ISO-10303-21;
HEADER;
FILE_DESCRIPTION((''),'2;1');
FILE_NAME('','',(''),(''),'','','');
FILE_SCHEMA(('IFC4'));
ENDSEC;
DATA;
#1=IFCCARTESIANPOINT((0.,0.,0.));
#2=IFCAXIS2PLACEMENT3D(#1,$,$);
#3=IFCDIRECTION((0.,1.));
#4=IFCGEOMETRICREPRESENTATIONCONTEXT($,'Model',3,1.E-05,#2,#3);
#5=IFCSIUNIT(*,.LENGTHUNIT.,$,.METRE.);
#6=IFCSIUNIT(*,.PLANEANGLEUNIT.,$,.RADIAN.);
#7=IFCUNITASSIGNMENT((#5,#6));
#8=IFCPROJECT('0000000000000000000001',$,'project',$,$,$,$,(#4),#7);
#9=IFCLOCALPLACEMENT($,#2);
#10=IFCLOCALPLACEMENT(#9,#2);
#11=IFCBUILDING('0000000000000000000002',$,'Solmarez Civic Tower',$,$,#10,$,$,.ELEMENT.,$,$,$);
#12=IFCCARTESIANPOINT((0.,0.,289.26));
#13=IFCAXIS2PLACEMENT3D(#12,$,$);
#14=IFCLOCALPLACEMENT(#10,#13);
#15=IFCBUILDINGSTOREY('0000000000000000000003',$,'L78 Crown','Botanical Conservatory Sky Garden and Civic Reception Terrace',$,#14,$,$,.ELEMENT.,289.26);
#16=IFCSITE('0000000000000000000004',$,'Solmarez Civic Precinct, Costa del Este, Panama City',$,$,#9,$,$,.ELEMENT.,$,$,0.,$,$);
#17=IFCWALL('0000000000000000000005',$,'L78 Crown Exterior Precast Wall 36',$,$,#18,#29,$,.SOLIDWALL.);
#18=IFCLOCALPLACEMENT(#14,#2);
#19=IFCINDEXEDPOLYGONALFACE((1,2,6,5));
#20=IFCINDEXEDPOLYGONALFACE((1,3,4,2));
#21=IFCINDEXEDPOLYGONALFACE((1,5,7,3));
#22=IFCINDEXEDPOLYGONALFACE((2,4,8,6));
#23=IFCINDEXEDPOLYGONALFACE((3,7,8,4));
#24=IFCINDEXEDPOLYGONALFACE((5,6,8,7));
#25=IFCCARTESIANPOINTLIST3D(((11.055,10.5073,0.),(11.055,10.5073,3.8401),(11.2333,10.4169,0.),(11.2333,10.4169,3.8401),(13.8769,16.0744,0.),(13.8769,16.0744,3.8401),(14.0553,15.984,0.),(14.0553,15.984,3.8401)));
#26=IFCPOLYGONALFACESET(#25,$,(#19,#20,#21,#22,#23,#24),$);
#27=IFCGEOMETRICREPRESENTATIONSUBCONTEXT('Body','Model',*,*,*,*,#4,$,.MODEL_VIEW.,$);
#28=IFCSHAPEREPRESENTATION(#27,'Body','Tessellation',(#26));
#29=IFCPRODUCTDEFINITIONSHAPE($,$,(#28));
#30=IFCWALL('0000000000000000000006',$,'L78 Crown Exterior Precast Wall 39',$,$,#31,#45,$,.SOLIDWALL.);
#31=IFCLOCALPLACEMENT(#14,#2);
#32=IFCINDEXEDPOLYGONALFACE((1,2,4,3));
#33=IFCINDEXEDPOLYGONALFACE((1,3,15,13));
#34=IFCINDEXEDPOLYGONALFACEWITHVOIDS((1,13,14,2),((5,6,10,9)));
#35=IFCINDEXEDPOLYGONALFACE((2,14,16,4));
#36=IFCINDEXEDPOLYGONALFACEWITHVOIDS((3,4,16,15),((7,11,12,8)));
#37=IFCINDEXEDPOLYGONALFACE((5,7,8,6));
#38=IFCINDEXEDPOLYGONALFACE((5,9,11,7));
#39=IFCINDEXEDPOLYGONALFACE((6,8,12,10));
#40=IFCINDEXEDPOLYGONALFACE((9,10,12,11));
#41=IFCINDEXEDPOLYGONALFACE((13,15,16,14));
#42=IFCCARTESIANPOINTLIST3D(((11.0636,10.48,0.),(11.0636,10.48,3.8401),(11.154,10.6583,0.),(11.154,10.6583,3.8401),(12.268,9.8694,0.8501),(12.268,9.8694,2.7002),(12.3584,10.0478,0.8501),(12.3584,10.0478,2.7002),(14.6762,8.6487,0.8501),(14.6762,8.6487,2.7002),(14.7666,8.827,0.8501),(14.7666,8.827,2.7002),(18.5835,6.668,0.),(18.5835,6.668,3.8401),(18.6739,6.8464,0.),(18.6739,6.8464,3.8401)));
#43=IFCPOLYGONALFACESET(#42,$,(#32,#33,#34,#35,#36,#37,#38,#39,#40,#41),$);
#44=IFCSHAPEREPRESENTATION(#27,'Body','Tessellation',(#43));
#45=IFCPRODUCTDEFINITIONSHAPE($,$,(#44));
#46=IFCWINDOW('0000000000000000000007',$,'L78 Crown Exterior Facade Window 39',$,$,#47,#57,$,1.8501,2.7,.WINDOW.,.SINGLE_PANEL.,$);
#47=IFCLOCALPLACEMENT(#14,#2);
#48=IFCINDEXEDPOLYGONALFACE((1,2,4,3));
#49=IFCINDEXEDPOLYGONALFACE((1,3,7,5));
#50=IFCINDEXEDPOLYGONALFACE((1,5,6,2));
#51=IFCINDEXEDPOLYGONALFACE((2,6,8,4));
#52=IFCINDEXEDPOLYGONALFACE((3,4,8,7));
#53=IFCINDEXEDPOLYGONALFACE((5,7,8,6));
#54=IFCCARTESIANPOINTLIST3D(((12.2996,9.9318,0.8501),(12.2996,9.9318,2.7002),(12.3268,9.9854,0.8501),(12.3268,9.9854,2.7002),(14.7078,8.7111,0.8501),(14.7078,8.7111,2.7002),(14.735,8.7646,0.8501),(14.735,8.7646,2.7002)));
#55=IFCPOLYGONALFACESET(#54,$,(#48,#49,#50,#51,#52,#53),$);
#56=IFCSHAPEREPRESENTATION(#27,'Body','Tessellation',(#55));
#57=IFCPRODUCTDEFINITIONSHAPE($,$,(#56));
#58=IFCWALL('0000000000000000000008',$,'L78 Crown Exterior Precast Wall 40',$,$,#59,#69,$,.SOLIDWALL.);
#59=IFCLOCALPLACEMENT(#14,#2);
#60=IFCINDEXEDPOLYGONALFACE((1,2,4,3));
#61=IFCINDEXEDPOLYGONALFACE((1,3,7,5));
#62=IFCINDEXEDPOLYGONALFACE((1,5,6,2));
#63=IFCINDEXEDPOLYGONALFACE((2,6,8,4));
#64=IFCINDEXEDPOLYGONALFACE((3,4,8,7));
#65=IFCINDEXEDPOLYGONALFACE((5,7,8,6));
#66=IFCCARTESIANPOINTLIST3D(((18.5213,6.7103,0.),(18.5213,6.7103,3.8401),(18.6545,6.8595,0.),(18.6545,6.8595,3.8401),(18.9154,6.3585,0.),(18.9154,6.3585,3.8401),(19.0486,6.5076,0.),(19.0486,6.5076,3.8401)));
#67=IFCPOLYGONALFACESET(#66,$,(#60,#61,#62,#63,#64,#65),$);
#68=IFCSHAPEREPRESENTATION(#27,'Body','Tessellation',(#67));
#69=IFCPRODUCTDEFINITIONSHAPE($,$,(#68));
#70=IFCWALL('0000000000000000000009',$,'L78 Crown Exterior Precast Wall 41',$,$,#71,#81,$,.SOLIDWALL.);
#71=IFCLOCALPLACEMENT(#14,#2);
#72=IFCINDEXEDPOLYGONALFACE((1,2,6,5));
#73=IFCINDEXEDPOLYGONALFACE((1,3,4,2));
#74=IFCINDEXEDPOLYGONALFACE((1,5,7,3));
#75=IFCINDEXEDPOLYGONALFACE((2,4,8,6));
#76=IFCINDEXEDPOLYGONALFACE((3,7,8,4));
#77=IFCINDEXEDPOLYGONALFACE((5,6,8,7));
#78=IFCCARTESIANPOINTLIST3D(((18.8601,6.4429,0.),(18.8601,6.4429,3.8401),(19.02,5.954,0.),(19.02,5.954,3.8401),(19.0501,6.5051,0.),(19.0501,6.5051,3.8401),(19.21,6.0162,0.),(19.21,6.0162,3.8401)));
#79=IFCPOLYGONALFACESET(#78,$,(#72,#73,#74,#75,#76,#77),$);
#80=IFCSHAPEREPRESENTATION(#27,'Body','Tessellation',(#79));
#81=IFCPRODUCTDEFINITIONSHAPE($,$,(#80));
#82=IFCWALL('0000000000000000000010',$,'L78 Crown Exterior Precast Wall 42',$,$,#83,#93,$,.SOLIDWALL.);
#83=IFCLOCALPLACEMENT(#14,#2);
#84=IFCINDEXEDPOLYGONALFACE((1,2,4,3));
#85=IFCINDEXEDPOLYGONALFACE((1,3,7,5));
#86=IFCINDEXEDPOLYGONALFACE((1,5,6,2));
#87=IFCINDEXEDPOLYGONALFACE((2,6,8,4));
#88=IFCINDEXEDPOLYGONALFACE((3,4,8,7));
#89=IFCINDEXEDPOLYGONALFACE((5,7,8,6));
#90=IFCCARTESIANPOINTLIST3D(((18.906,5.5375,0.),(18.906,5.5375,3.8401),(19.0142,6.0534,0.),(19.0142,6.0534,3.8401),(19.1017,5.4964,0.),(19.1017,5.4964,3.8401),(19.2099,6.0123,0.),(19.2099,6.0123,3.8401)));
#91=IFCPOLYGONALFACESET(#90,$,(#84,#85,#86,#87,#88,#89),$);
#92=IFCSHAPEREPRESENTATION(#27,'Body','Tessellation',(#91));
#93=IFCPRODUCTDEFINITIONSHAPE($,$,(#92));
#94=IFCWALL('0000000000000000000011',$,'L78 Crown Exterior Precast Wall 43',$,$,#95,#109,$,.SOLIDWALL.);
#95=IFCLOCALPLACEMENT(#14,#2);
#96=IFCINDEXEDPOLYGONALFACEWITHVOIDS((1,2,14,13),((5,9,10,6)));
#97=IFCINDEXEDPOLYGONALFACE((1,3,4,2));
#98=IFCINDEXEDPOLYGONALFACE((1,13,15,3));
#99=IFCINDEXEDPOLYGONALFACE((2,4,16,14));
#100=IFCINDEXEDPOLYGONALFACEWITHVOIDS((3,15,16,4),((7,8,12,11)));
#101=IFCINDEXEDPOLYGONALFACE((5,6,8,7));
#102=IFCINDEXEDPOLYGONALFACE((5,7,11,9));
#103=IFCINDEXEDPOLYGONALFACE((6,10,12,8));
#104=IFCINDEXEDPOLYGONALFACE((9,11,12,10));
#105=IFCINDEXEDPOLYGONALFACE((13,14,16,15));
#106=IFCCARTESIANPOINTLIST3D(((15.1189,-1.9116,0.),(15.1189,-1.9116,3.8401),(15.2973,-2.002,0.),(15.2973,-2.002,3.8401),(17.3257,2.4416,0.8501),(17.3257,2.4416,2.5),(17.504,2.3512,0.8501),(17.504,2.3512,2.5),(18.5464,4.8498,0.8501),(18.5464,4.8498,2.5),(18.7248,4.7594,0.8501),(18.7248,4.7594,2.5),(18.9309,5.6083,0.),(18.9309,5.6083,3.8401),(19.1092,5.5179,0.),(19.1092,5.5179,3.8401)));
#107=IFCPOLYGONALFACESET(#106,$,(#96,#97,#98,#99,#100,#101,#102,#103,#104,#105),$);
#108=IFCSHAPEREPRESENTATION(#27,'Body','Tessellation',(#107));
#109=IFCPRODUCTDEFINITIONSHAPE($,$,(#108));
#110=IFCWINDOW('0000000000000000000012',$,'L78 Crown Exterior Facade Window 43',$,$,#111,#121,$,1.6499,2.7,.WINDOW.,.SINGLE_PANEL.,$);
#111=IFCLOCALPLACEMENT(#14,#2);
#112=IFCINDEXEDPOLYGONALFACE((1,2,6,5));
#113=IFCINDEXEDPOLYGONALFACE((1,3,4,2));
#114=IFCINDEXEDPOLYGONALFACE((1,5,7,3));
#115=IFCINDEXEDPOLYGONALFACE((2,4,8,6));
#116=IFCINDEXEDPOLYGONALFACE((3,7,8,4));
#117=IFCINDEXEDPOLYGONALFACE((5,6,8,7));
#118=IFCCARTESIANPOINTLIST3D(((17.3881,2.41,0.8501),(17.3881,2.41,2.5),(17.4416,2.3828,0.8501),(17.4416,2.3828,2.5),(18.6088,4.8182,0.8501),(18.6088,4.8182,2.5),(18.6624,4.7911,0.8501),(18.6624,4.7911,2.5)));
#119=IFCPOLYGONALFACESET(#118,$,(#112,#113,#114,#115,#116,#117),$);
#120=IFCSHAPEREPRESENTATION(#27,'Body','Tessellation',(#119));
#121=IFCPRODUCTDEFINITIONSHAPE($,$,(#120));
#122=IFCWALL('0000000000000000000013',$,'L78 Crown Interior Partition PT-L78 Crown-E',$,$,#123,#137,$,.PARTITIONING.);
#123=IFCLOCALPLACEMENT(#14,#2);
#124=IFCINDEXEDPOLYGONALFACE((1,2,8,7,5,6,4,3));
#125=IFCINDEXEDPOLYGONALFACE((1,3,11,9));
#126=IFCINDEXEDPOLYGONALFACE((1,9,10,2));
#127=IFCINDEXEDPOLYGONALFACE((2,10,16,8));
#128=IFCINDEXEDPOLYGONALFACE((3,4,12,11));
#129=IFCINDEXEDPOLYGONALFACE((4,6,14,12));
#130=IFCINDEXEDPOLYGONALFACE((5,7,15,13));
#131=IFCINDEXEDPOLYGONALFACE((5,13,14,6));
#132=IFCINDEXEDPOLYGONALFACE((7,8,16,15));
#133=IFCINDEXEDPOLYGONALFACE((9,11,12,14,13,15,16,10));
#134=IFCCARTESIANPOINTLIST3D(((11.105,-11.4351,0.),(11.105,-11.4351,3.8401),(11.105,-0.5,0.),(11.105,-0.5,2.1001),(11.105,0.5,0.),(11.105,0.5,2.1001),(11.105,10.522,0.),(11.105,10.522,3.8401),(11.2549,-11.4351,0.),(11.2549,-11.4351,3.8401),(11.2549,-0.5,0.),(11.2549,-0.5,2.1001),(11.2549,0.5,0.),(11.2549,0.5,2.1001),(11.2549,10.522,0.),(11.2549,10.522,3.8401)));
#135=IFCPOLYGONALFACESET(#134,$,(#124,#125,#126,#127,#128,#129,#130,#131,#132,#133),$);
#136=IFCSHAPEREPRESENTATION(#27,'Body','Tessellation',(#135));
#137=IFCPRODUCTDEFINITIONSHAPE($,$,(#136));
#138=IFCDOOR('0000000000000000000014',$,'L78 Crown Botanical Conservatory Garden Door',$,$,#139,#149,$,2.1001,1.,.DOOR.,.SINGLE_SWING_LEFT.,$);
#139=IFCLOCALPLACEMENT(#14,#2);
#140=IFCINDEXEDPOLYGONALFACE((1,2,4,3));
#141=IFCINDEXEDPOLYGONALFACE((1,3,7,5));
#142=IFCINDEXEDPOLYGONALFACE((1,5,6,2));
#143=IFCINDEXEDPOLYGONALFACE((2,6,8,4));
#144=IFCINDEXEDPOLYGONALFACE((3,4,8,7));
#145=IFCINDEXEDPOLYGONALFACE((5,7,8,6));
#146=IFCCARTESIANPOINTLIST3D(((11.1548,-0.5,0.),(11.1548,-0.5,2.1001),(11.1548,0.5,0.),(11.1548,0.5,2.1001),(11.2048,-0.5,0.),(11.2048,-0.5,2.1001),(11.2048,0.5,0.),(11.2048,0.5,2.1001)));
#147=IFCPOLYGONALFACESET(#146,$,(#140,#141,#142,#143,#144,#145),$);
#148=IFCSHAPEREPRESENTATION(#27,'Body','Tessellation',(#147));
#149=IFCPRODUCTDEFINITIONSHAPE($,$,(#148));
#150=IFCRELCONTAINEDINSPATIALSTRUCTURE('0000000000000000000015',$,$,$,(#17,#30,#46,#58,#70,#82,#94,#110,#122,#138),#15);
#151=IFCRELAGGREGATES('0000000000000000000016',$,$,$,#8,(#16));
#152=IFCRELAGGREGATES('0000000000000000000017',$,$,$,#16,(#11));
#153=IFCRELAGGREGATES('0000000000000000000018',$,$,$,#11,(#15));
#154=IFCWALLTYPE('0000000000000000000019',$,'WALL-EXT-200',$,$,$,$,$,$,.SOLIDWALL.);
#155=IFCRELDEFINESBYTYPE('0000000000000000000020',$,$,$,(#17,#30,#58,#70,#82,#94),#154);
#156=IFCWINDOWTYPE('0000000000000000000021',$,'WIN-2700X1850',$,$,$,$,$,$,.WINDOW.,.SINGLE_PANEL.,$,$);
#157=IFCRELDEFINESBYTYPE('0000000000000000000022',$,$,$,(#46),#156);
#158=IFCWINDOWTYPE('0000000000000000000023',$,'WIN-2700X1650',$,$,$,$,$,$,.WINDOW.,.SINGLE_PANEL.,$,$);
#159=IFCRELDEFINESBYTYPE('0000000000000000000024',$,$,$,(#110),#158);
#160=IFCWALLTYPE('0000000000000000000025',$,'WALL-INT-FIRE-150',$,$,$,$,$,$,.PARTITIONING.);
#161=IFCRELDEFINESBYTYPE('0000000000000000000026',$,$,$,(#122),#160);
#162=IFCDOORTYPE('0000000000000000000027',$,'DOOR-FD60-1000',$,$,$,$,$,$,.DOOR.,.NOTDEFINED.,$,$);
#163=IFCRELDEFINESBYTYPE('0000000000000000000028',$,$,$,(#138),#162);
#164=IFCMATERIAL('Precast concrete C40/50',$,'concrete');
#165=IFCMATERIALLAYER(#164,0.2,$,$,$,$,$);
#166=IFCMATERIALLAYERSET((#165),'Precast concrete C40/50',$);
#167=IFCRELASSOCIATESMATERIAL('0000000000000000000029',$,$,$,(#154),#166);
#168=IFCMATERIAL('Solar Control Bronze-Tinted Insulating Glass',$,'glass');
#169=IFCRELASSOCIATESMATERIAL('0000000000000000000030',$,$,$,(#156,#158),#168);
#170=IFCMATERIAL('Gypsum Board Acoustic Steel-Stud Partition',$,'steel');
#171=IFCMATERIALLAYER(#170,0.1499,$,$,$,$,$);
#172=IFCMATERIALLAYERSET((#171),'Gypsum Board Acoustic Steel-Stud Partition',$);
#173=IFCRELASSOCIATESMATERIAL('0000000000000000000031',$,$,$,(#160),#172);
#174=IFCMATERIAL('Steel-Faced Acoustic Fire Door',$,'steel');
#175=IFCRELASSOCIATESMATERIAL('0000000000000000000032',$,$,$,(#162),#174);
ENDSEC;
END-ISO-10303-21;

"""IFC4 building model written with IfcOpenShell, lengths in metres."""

from ifc_helpers import new_model, si_unit, direction, frame, frame_2d, origin, place, context, subcontext, project, spatial, rectangle, extrude, material, layer, layer_set, type_object, element, fill, save


model = new_model("IFC4")

# Units and contexts
model_context = context("Model", 3, precision=1e-05, world=origin(), true_north=direction((0.0, 1.0)))
body_context = subcontext(model_context, "Body", "Model", "MODEL_VIEW")
ifc_project = project(units=[si_unit("LENGTHUNIT", "METRE"), si_unit("PLANEANGLEUNIT", "RADIAN")], contexts=[model_context])

# Site, building, storey
site_placement = place(None, origin())
site = spatial("IfcSite", under=ifc_project, at=site_placement, Name="Solmarez Civic Precinct, Costa del Este, Panama City", CompositionType="ELEMENT", RefElevation=0.0)
building_placement = place(site_placement, origin())
building = spatial("IfcBuilding", under=site, at=building_placement, Name="Solmarez Civic Tower", CompositionType="ELEMENT")
storey_placement = place(building_placement, frame((0.0, 0.0, 289.26)))
storey = spatial("IfcBuildingStorey", under=building, at=storey_placement, Name="L78 Crown", Description="Botanical Conservatory Sky Garden and Civic Reception Terrace", CompositionType="ELEMENT", Elevation=289.26)

# Shared definitions
ifc_material_1 = material(Name="Precast concrete C40/50", Category="concrete")
ifc_layer_1 = layer(ifc_material_1, 0.2)
ifc_layer_set_1 = layer_set([ifc_layer_1], Name="Precast concrete C40/50")
wall_type_1 = type_object("IfcWallType", Name="WALL-EXT-200", PredefinedType="SOLIDWALL", material=ifc_layer_set_1)

# Shared definitions
ifc_material_2 = material(Name="Solar Control Bronze-Tinted Insulating Glass", Category="glass")

# Wall
wall_1_placement = place(storey_placement, frame((13.9661, 16.0291, 0.0), z_axis=(0.0, 0.0, 1.0), x_axis=(-0.452135, -0.891949, 0.0)))
element("IfcWall", 1, at=wall_1_placement, inside=storey, type_object=wall_type_1, Name="L78 Crown Exterior Precast Wall 36", PredefinedType="SOLIDWALL", context=body_context, shape_type="SweptSolid", body=[
    extrude(rectangle(XDim=6.2415, YDim=0.2, at=frame_2d((3.1206, 0.0))), origin(), (0.0, 0.0, 1.0), 3.8401),
])

# Wall, opening, window
wall_2_placement = place(storey_placement, frame((11.1089, 10.5691, 0.0), z_axis=(0.0, 0.0, 1.0), x_axis=(0.891946, -0.452141, 0.0)))
wall_2 = element("IfcWall", 2, at=wall_2_placement, inside=storey, type_object=wall_type_1, Name="L78 Crown Exterior Precast Wall 39", PredefinedType="SOLIDWALL", context=body_context, shape_type="SweptSolid", body=[
    extrude(rectangle(XDim=8.4309, YDim=0.2, at=frame_2d((4.2153, 0.0))), origin(), (0.0, 0.0, 1.0), 3.8401),
])
opening_1_placement = place(wall_2_placement, frame((1.3501, 0.0, 0.8501)))
opening_1 = element("IfcOpeningElement", 3, at=opening_1_placement, cuts=wall_2, PredefinedType="OPENING", context=body_context, shape_type="SweptSolid", body=[
    extrude(rectangle(XDim=2.7, YDim=1.8501, at=frame_2d((1.3501, 0.925))), frame((0.0, 0.1099, 0.0), z_axis=(0.0, -1.0, 0.0), x_axis=(1.0, 0.0, 0.0)), (0.0, 0.0, 1.0), 0.22),
])
window_type_1 = type_object("IfcWindowType", Name="WIN-2700X1850", PartitioningType="SINGLE_PANEL", PredefinedType="WINDOW", material=ifc_material_2)
window_1_placement = place(opening_1_placement, origin())
window_1 = element("IfcWindow", 4, at=window_1_placement, inside=storey, type_object=window_type_1, Name="L78 Crown Exterior Facade Window 39", OverallHeight=1.8501, OverallWidth=2.7, PartitioningType="SINGLE_PANEL", PredefinedType="WINDOW", context=body_context, shape_type="SweptSolid", body=[
    extrude(rectangle(XDim=2.7, YDim=1.8501, at=frame_2d((1.3501, 0.925))), frame((0.0, 0.03, 0.0), z_axis=(0.0, -1.0, 0.0), x_axis=(1.0, 0.0, 0.0)), (0.0, 0.0, 1.0), 0.0601),
])
fill(opening_1, window_1)

# Walls
wall_3_placement = place(storey_placement, frame((18.5879, 6.7849, 0.0), z_axis=(0.0, 0.0, 1.0), x_axis=(0.745954, -0.665997, 0.0)))
element("IfcWall", 5, at=wall_3_placement, inside=storey, type_object=wall_type_1, Name="L78 Crown Exterior Precast Wall 40", PredefinedType="SOLIDWALL", context=body_context, shape_type="SweptSolid", body=[
    extrude(rectangle(XDim=0.5283, YDim=0.2, at=frame_2d((0.2642, 0.0))), origin(), (0.0, 0.0, 1.0), 3.8401),
])
wall_4_placement = place(storey_placement, frame((18.9551, 6.4741, 0.0), z_axis=(0.0, 0.0, 1.0), x_axis=(0.310813, -0.950471, 0.0)))
element("IfcWall", 6, at=wall_4_placement, inside=storey, type_object=wall_type_1, Name="L78 Crown Exterior Precast Wall 41", PredefinedType="SOLIDWALL", context=body_context, shape_type="SweptSolid", body=[
    extrude(rectangle(XDim=0.5144, YDim=0.2, at=frame_2d((0.2573, 0.0))), origin(), (0.0, 0.0, 1.0), 3.8401),
])
wall_5_placement = place(storey_placement, frame((19.1121, 6.033, 0.0), z_axis=(0.0, 0.0, 1.0), x_axis=(-0.205193, -0.978721, 0.0)))
element("IfcWall", 7, at=wall_5_placement, inside=storey, type_object=wall_type_1, Name="L78 Crown Exterior Precast Wall 42", PredefinedType="SOLIDWALL", context=body_context, shape_type="SweptSolid", body=[
    extrude(rectangle(XDim=0.5271, YDim=0.2, at=frame_2d((0.2637, 0.0))), origin(), (0.0, 0.0, 1.0), 3.8401),
])

# Wall, opening, window
wall_6_placement = place(storey_placement, frame((19.02, 5.563, 0.0), z_axis=(0.0, 0.0, 1.0), x_axis=(-0.452141, -0.891946, 0.0)))
wall_6 = element("IfcWall", 8, at=wall_6_placement, inside=storey, type_object=wall_type_1, Name="L78 Crown Exterior Precast Wall 43", PredefinedType="SOLIDWALL", context=body_context, shape_type="SweptSolid", body=[
    extrude(rectangle(XDim=8.4309, YDim=0.2, at=frame_2d((4.2153, 0.0))), origin(), (0.0, 0.0, 1.0), 3.8401),
])
opening_2_placement = place(wall_6_placement, frame((0.8501, 0.0, 0.8501)))
opening_2 = element("IfcOpeningElement", 9, at=opening_2_placement, cuts=wall_6, PredefinedType="OPENING", context=body_context, shape_type="SweptSolid", body=[
    extrude(rectangle(XDim=2.7, YDim=1.6499, at=frame_2d((1.3501, 0.825))), frame((0.0, 0.1099, 0.0), z_axis=(0.0, -1.0, 0.0), x_axis=(1.0, 0.0, 0.0)), (0.0, 0.0, 1.0), 0.22),
])
window_type_2 = type_object("IfcWindowType", Name="WIN-2700X1650", PartitioningType="SINGLE_PANEL", PredefinedType="WINDOW", material=ifc_material_2)
window_2_placement = place(opening_2_placement, origin())
window_2 = element("IfcWindow", 10, at=window_2_placement, inside=storey, type_object=window_type_2, Name="L78 Crown Exterior Facade Window 43", OverallHeight=1.6499, OverallWidth=2.7, PartitioningType="SINGLE_PANEL", PredefinedType="WINDOW", context=body_context, shape_type="SweptSolid", body=[
    extrude(rectangle(XDim=2.7, YDim=1.6499, at=frame_2d((1.3501, 0.825))), frame((0.0, 0.03, 0.0), z_axis=(0.0, -1.0, 0.0), x_axis=(1.0, 0.0, 0.0)), (0.0, 0.0, 1.0), 0.0601),
])
fill(opening_2, window_2)

# Wall, opening, door
ifc_material_3 = material(Name="Gypsum Board Acoustic Steel-Stud Partition", Category="steel")
ifc_layer_2 = layer(ifc_material_3, 0.1499)
ifc_layer_set_2 = layer_set([ifc_layer_2], Name="Gypsum Board Acoustic Steel-Stud Partition")
wall_type_2 = type_object("IfcWallType", Name="WALL-INT-FIRE-150", PredefinedType="PARTITIONING", material=ifc_layer_set_2)
wall_7_placement = place(storey_placement, frame((11.1799, 10.522, 0.0), z_axis=(0.0, 0.0, 1.0), x_axis=(0.0, -1.0, 0.0)))
wall_7 = element("IfcWall", 11, at=wall_7_placement, inside=storey, type_object=wall_type_2, Name="L78 Crown Interior Partition PT-L78 Crown-E", PredefinedType="PARTITIONING", context=body_context, shape_type="SweptSolid", body=[
    extrude(rectangle(XDim=21.957, YDim=0.1499, at=frame_2d((10.9785, 0.0))), origin(), (0.0, 0.0, 1.0), 3.8401),
])
opening_3_placement = place(wall_7_placement, frame((10.022, 0.0, 0.0)))
opening_3 = element("IfcOpeningElement", 12, at=opening_3_placement, cuts=wall_7, PredefinedType="OPENING", context=body_context, shape_type="SweptSolid", body=[
    extrude(rectangle(XDim=1.0, YDim=2.1001, at=frame_2d((0.5, 1.05))), frame((0.0, 0.085, 0.0), z_axis=(0.0, -1.0, 0.0), x_axis=(1.0, 0.0, 0.0)), (0.0, 0.0, 1.0), 0.1699),
])
ifc_material_4 = material(Name="Steel-Faced Acoustic Fire Door", Category="steel")
door_type = type_object("IfcDoorType", Name="DOOR-FD60-1000", OperationType="NOTDEFINED", PredefinedType="DOOR", material=ifc_material_4)
door_placement = place(opening_3_placement, origin())
door = element("IfcDoor", 13, at=door_placement, inside=storey, type_object=door_type, Name="L78 Crown Botanical Conservatory Garden Door", OperationType="SINGLE_SWING_LEFT", OverallHeight=2.1001, OverallWidth=1.0, PredefinedType="DOOR", context=body_context, shape_type="SweptSolid", body=[
    extrude(rectangle(XDim=1.0, YDim=2.1001, at=frame_2d((0.5, 1.05))), frame((0.0, 0.0249, 0.0), z_axis=(0.0, -1.0, 0.0), x_axis=(1.0, 0.0, 0.0)), (0.0, 0.0, 1.0), 0.05),
])
fill(opening_3, door)

save(model, "model.ifc")
